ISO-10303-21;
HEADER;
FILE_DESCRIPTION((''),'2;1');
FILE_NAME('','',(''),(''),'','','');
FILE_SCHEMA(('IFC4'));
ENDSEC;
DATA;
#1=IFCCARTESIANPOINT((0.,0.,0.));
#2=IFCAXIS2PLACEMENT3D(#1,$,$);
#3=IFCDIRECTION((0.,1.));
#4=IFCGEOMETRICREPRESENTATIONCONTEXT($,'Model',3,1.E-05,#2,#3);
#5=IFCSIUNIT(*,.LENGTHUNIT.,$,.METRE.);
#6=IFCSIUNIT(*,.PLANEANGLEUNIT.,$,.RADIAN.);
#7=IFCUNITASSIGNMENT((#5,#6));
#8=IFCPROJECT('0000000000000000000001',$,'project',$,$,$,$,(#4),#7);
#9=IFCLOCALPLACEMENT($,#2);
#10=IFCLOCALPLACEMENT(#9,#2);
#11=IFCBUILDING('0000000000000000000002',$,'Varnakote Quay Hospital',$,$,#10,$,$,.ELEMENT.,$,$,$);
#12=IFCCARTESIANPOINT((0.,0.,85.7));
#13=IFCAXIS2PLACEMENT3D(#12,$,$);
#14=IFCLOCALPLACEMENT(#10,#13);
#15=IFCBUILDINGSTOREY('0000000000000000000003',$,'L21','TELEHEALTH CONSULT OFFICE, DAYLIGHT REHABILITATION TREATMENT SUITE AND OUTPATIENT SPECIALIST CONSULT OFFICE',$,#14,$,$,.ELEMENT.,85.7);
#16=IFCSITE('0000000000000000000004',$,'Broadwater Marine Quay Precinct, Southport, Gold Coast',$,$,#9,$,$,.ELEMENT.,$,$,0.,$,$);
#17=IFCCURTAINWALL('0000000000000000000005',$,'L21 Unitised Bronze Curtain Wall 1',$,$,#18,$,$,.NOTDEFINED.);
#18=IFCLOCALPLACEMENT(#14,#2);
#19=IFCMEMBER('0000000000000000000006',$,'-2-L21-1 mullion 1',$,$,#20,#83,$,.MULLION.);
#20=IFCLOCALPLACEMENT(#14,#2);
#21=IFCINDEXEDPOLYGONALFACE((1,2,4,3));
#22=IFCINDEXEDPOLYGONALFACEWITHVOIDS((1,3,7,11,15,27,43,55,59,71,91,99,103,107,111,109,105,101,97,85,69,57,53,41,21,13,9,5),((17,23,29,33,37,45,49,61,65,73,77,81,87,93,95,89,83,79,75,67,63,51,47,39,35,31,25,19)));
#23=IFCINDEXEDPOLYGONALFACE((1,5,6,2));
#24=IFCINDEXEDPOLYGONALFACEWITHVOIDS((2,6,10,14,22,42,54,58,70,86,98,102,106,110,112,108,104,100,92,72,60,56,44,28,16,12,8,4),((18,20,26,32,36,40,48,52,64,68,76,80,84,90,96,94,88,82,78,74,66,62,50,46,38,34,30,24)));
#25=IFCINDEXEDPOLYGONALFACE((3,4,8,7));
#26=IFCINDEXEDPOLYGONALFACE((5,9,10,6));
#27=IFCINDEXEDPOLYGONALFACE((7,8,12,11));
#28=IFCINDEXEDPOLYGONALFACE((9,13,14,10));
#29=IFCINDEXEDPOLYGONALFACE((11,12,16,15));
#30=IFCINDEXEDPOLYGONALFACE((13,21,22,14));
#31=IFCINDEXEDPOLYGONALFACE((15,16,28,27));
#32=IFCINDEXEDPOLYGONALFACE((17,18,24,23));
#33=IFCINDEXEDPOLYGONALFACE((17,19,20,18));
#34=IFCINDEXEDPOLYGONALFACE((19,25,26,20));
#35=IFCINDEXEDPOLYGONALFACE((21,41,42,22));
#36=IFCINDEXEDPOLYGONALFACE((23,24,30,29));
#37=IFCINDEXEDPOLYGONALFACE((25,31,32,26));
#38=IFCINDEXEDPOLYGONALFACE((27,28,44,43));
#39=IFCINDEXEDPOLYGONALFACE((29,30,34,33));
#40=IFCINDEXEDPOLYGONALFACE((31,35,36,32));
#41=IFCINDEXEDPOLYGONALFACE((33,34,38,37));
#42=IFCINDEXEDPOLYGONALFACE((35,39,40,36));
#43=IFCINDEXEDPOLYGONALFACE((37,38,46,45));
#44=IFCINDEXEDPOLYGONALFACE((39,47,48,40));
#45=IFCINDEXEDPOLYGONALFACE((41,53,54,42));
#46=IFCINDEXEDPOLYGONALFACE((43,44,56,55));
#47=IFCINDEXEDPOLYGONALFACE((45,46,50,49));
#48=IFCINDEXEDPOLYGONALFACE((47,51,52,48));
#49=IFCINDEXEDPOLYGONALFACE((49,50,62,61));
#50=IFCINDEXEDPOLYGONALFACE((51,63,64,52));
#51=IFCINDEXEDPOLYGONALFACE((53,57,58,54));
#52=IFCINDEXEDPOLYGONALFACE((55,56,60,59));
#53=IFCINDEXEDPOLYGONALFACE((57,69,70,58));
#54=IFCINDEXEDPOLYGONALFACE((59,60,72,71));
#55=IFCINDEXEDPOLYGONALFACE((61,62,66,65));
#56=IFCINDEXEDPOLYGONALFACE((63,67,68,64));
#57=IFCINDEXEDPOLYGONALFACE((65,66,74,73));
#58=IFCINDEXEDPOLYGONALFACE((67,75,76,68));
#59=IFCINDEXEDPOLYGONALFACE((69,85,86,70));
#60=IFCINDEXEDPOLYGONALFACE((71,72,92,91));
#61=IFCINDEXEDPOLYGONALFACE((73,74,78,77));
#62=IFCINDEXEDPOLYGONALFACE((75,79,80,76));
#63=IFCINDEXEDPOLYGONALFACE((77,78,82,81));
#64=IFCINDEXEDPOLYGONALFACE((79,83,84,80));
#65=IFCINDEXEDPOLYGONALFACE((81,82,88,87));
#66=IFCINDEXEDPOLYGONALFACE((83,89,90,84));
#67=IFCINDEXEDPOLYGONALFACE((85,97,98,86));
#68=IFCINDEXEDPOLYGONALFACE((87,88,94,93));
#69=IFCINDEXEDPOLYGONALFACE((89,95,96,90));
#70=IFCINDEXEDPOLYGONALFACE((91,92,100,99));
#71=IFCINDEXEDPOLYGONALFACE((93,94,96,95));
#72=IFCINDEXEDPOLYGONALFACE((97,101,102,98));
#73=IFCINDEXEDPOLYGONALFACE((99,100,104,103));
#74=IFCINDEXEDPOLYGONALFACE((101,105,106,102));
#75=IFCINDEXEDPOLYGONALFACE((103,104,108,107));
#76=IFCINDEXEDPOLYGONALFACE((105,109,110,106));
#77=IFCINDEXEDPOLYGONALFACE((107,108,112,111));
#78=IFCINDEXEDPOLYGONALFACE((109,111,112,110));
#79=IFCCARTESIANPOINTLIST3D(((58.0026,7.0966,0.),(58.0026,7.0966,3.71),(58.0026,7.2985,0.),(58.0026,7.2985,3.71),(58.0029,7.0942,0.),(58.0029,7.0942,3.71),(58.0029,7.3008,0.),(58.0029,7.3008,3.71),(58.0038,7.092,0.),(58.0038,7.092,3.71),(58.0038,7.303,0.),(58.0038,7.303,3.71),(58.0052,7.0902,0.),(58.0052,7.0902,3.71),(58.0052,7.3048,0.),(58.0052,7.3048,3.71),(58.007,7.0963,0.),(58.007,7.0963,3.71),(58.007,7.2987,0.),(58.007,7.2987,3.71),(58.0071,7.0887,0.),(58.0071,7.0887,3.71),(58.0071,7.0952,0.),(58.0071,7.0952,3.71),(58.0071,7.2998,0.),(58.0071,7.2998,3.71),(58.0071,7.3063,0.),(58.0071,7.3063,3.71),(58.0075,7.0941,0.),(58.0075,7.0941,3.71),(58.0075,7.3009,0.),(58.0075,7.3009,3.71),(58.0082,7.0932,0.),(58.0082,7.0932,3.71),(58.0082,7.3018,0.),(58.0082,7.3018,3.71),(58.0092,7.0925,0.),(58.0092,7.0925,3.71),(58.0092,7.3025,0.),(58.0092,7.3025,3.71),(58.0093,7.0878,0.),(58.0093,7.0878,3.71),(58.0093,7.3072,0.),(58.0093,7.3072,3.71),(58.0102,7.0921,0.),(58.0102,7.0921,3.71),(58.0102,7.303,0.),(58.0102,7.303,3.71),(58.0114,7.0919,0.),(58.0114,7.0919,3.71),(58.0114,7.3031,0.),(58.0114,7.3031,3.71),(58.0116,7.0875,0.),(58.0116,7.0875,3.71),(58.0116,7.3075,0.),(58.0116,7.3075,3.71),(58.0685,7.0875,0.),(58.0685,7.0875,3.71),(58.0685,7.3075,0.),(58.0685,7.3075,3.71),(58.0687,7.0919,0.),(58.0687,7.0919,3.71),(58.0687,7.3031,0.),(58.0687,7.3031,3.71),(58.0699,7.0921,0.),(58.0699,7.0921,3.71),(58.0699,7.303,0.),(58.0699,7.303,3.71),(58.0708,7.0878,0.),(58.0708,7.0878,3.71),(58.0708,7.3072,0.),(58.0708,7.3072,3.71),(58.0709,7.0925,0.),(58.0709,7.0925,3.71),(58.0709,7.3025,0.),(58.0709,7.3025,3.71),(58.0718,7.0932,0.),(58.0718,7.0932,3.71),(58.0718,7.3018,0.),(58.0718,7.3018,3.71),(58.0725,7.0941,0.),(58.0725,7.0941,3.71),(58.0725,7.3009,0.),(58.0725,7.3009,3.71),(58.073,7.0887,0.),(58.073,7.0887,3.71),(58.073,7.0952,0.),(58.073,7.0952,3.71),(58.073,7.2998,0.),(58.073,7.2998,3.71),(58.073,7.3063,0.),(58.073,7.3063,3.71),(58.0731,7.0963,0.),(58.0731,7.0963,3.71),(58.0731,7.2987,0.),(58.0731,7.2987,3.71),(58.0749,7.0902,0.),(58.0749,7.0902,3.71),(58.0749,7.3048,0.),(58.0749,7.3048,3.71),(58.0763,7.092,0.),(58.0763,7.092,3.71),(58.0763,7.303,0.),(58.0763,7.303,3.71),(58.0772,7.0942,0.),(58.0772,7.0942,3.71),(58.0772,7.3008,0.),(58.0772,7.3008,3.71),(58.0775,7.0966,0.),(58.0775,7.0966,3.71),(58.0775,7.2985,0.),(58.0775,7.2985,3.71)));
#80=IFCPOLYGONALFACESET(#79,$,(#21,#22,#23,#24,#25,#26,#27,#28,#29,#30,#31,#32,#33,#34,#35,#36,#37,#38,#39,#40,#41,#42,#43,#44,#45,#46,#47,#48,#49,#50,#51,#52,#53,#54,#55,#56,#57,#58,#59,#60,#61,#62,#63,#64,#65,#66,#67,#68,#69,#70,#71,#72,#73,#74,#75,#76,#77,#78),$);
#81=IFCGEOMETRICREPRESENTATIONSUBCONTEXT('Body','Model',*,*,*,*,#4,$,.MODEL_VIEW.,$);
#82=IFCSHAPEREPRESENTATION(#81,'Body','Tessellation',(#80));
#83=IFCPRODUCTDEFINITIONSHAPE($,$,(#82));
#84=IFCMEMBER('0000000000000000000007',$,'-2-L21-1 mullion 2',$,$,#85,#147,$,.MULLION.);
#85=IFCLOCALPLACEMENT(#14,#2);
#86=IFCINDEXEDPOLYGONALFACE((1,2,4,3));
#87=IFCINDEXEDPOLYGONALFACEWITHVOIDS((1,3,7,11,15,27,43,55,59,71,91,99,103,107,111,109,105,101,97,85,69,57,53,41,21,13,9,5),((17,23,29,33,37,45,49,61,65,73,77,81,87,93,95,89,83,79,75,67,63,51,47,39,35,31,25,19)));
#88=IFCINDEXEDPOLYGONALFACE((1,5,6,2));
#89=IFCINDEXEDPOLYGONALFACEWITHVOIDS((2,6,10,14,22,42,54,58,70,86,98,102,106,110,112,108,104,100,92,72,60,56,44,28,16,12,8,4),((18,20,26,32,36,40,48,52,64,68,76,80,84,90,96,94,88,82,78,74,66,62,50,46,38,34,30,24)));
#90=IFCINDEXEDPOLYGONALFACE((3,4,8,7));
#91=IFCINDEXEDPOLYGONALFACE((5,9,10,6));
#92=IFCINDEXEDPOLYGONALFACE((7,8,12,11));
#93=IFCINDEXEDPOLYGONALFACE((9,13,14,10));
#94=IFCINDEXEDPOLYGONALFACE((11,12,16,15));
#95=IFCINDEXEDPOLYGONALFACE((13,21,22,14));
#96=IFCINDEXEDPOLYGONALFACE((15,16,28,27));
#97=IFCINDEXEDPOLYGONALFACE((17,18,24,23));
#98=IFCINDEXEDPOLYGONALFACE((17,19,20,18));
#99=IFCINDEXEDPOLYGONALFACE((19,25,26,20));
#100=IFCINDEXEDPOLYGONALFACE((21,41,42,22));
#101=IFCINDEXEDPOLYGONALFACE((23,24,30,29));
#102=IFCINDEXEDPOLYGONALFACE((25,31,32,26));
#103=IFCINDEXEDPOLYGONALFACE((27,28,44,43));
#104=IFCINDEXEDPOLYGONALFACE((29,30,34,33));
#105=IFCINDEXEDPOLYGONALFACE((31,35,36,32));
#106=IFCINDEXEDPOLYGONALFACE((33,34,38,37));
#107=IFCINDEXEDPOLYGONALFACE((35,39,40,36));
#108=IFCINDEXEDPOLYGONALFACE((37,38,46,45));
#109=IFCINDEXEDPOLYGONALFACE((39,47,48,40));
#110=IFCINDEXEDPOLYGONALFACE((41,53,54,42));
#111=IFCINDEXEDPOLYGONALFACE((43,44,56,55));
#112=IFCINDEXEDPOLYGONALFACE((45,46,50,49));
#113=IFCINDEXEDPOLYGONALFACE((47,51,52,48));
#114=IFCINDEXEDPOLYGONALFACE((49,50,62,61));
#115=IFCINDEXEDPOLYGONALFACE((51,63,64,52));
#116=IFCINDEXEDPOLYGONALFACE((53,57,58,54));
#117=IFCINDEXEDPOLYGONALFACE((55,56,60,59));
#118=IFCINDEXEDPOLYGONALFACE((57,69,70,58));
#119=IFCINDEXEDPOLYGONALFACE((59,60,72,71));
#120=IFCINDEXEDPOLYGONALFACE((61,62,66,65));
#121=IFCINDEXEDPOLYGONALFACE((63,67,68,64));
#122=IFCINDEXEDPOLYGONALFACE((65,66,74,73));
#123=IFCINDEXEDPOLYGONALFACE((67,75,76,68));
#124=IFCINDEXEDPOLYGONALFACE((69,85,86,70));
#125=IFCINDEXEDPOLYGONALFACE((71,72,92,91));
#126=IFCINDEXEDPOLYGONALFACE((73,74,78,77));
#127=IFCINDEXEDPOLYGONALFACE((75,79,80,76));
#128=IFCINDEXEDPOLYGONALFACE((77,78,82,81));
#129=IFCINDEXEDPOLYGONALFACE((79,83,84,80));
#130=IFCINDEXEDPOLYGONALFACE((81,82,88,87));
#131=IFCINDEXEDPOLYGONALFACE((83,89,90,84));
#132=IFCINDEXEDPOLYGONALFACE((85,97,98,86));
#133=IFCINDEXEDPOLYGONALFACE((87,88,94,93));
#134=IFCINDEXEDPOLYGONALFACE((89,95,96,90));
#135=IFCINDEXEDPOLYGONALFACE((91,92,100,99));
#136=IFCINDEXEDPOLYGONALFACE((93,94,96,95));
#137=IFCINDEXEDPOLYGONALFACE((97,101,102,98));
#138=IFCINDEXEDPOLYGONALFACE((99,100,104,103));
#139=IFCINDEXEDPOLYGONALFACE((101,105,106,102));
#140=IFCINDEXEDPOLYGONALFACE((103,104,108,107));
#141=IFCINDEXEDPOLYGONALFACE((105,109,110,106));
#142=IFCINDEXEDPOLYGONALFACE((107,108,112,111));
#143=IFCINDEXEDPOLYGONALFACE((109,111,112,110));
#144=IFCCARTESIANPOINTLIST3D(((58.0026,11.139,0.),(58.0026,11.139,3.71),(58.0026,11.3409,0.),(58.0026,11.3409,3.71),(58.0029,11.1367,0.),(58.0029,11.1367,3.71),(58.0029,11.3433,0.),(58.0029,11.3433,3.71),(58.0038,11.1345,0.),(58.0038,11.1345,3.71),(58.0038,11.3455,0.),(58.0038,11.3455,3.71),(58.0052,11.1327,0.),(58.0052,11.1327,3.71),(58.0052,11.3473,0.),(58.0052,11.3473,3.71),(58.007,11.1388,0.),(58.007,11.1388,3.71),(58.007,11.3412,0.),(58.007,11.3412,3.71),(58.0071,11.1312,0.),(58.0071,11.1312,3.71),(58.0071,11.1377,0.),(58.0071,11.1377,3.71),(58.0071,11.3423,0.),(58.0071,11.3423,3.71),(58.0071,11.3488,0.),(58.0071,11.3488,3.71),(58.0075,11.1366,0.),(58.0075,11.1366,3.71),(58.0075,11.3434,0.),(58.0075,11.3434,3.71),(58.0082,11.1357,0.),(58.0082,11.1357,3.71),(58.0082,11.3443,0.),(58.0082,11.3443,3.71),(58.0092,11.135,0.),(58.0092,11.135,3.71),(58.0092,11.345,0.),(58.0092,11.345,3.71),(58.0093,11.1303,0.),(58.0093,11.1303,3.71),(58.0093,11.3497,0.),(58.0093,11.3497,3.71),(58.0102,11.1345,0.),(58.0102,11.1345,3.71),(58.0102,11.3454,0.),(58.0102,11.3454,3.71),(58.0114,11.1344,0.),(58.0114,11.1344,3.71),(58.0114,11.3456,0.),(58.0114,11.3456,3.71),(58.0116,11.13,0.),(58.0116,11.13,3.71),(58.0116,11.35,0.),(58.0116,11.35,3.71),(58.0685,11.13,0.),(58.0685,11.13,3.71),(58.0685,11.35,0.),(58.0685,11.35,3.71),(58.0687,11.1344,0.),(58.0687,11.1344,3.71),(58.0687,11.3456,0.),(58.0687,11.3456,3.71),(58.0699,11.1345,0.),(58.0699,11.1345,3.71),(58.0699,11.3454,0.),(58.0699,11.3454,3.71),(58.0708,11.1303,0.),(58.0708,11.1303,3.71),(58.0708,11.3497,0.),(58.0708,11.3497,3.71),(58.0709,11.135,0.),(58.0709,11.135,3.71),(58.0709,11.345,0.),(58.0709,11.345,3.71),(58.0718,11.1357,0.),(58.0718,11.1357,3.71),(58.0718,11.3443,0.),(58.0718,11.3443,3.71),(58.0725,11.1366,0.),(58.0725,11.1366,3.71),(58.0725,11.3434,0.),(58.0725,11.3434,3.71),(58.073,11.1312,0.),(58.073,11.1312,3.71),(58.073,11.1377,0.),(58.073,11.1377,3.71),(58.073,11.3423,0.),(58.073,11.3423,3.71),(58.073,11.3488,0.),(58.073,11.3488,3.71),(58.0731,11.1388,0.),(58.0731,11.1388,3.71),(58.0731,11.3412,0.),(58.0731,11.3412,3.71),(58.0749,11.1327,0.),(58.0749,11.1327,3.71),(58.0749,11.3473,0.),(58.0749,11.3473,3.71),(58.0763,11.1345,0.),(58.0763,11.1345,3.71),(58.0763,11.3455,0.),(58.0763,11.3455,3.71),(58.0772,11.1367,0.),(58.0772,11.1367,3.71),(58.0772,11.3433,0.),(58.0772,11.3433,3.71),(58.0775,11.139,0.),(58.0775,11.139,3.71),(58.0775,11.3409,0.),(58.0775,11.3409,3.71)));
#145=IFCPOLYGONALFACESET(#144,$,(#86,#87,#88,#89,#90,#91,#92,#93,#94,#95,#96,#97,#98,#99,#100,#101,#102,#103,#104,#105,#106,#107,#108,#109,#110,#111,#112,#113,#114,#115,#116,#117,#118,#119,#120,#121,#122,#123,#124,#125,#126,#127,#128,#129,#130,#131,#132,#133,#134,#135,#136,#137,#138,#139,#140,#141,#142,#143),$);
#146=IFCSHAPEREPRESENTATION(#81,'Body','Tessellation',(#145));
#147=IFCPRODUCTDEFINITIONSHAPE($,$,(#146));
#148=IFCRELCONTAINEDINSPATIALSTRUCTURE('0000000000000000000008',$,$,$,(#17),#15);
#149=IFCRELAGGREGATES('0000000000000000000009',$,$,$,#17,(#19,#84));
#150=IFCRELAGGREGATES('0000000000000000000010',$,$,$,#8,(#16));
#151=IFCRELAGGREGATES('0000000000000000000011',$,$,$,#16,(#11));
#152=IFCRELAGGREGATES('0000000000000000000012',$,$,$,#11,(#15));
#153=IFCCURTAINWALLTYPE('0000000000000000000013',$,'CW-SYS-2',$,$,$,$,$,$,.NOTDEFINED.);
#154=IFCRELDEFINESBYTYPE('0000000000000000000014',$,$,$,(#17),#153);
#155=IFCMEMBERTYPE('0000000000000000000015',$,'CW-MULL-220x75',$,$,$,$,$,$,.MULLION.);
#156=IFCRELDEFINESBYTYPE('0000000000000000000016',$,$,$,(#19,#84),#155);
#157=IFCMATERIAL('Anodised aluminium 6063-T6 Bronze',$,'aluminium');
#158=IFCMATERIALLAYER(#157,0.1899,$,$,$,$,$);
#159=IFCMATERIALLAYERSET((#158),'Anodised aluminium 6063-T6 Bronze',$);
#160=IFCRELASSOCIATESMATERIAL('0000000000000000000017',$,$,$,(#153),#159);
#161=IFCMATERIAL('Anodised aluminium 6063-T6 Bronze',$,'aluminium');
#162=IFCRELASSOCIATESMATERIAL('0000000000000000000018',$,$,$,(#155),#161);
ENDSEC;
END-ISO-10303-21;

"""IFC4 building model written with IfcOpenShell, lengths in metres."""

from ifc_helpers import new_model, si_unit, direction, frame, origin, origin_2d, place, context, subcontext, project, spatial, hollow_rectangle, extrude, material, layer, layer_set, material_profile, profile_set, type_object, element, aggregate, save


model = new_model("IFC4")

# Units and contexts
model_context = context("Model", 3, precision=1e-05, world=origin(), true_north=direction((0.0, 1.0)))
body_context = subcontext(model_context, "Body", "Model", "MODEL_VIEW")
ifc_project = project(units=[si_unit("LENGTHUNIT", "METRE"), si_unit("PLANEANGLEUNIT", "RADIAN")], contexts=[model_context])

# Site, building, storey
site_placement = place(None, origin())
site = spatial("IfcSite", under=ifc_project, at=site_placement, Name="Broadwater Marine Quay Precinct, Southport, Gold Coast", CompositionType="ELEMENT", RefElevation=0.0)
building_placement = place(site_placement, origin())
building = spatial("IfcBuilding", under=site, at=building_placement, Name="Varnakote Quay Hospital", CompositionType="ELEMENT")
storey_placement = place(building_placement, frame((0.0, 0.0, 85.7)))
storey = spatial("IfcBuildingStorey", under=building, at=storey_placement, Name="L21", Description="TELEHEALTH CONSULT OFFICE, DAYLIGHT REHABILITATION TREATMENT SUITE AND OUTPATIENT SPECIALIST CONSULT OFFICE", CompositionType="ELEMENT", Elevation=85.7)

# Curtain wall, members
ifc_material_1 = material(Name="Anodised aluminium 6063-T6 Bronze", Category="aluminium")
ifc_layer_1 = layer(ifc_material_1, 0.1899)
ifc_layer_set_1 = layer_set([ifc_layer_1], Name="Anodised aluminium 6063-T6 Bronze")
curtain_wall_type = type_object("IfcCurtainWallType", Name="CW-SYS-2", PredefinedType="NOTDEFINED", material=ifc_layer_set_1)
curtain_wall_placement = place(storey_placement, origin())
curtain_wall = element("IfcCurtainWall", 1, at=curtain_wall_placement, inside=storey, type_object=curtain_wall_type, Name="L21 Unitised Bronze Curtain Wall 1", PredefinedType="NOTDEFINED")
ifc_material_2 = material(Name="Anodised aluminium 6063-T6 Bronze", Category="aluminium")
ifc_material_profile_1 = material_profile(ifc_material_2, hollow_rectangle(XDim=0.075, YDim=0.22, WallThickness=0.0044, InnerFilletRadius=0.0044, OuterFilletRadius=0.009, at=origin_2d()), Name="CW-MULL-220x75")
ifc_profile_set_1 = profile_set([ifc_material_profile_1], Name="Anodised aluminium 6063-T6 Bronze")
member_type_1 = type_object("IfcMemberType", Name="CW-MULL-220x75", PredefinedType="MULLION", material=ifc_profile_set_1)
member_1_placement = place(storey_placement, frame((58.04, 7.1975, 0.0), z_axis=(0.0, 0.0, 1.0), x_axis=(-1.0, 0.0, 0.0)))
member_1 = element("IfcMember", 2, at=member_1_placement, type_object=member_type_1, Name="-2-L21-1 mullion 1", PredefinedType="MULLION", context=body_context, shape_type="SweptSolid", body=[
    extrude(hollow_rectangle(XDim=0.075, YDim=0.22, WallThickness=0.0044, InnerFilletRadius=0.0044, OuterFilletRadius=0.009, at=origin_2d()), origin(), (0.0, 0.0, 1.0), 3.71),
])
member_2_placement = place(storey_placement, frame((58.04, 11.24, 0.0), z_axis=(0.0, 0.0, 1.0), x_axis=(-1.0, 0.0, 0.0)))
member_2 = element("IfcMember", 3, at=member_2_placement, type_object=member_type_1, Name="-2-L21-1 mullion 2", PredefinedType="MULLION", context=body_context, shape_type="SweptSolid", body=[
    extrude(hollow_rectangle(XDim=0.075, YDim=0.22, WallThickness=0.0044, InnerFilletRadius=0.0044, OuterFilletRadius=0.009, at=origin_2d()), origin(), (0.0, 0.0, 1.0), 3.71),
])
aggregate(curtain_wall, [member_1, member_2])

save(model, "model.ifc")
